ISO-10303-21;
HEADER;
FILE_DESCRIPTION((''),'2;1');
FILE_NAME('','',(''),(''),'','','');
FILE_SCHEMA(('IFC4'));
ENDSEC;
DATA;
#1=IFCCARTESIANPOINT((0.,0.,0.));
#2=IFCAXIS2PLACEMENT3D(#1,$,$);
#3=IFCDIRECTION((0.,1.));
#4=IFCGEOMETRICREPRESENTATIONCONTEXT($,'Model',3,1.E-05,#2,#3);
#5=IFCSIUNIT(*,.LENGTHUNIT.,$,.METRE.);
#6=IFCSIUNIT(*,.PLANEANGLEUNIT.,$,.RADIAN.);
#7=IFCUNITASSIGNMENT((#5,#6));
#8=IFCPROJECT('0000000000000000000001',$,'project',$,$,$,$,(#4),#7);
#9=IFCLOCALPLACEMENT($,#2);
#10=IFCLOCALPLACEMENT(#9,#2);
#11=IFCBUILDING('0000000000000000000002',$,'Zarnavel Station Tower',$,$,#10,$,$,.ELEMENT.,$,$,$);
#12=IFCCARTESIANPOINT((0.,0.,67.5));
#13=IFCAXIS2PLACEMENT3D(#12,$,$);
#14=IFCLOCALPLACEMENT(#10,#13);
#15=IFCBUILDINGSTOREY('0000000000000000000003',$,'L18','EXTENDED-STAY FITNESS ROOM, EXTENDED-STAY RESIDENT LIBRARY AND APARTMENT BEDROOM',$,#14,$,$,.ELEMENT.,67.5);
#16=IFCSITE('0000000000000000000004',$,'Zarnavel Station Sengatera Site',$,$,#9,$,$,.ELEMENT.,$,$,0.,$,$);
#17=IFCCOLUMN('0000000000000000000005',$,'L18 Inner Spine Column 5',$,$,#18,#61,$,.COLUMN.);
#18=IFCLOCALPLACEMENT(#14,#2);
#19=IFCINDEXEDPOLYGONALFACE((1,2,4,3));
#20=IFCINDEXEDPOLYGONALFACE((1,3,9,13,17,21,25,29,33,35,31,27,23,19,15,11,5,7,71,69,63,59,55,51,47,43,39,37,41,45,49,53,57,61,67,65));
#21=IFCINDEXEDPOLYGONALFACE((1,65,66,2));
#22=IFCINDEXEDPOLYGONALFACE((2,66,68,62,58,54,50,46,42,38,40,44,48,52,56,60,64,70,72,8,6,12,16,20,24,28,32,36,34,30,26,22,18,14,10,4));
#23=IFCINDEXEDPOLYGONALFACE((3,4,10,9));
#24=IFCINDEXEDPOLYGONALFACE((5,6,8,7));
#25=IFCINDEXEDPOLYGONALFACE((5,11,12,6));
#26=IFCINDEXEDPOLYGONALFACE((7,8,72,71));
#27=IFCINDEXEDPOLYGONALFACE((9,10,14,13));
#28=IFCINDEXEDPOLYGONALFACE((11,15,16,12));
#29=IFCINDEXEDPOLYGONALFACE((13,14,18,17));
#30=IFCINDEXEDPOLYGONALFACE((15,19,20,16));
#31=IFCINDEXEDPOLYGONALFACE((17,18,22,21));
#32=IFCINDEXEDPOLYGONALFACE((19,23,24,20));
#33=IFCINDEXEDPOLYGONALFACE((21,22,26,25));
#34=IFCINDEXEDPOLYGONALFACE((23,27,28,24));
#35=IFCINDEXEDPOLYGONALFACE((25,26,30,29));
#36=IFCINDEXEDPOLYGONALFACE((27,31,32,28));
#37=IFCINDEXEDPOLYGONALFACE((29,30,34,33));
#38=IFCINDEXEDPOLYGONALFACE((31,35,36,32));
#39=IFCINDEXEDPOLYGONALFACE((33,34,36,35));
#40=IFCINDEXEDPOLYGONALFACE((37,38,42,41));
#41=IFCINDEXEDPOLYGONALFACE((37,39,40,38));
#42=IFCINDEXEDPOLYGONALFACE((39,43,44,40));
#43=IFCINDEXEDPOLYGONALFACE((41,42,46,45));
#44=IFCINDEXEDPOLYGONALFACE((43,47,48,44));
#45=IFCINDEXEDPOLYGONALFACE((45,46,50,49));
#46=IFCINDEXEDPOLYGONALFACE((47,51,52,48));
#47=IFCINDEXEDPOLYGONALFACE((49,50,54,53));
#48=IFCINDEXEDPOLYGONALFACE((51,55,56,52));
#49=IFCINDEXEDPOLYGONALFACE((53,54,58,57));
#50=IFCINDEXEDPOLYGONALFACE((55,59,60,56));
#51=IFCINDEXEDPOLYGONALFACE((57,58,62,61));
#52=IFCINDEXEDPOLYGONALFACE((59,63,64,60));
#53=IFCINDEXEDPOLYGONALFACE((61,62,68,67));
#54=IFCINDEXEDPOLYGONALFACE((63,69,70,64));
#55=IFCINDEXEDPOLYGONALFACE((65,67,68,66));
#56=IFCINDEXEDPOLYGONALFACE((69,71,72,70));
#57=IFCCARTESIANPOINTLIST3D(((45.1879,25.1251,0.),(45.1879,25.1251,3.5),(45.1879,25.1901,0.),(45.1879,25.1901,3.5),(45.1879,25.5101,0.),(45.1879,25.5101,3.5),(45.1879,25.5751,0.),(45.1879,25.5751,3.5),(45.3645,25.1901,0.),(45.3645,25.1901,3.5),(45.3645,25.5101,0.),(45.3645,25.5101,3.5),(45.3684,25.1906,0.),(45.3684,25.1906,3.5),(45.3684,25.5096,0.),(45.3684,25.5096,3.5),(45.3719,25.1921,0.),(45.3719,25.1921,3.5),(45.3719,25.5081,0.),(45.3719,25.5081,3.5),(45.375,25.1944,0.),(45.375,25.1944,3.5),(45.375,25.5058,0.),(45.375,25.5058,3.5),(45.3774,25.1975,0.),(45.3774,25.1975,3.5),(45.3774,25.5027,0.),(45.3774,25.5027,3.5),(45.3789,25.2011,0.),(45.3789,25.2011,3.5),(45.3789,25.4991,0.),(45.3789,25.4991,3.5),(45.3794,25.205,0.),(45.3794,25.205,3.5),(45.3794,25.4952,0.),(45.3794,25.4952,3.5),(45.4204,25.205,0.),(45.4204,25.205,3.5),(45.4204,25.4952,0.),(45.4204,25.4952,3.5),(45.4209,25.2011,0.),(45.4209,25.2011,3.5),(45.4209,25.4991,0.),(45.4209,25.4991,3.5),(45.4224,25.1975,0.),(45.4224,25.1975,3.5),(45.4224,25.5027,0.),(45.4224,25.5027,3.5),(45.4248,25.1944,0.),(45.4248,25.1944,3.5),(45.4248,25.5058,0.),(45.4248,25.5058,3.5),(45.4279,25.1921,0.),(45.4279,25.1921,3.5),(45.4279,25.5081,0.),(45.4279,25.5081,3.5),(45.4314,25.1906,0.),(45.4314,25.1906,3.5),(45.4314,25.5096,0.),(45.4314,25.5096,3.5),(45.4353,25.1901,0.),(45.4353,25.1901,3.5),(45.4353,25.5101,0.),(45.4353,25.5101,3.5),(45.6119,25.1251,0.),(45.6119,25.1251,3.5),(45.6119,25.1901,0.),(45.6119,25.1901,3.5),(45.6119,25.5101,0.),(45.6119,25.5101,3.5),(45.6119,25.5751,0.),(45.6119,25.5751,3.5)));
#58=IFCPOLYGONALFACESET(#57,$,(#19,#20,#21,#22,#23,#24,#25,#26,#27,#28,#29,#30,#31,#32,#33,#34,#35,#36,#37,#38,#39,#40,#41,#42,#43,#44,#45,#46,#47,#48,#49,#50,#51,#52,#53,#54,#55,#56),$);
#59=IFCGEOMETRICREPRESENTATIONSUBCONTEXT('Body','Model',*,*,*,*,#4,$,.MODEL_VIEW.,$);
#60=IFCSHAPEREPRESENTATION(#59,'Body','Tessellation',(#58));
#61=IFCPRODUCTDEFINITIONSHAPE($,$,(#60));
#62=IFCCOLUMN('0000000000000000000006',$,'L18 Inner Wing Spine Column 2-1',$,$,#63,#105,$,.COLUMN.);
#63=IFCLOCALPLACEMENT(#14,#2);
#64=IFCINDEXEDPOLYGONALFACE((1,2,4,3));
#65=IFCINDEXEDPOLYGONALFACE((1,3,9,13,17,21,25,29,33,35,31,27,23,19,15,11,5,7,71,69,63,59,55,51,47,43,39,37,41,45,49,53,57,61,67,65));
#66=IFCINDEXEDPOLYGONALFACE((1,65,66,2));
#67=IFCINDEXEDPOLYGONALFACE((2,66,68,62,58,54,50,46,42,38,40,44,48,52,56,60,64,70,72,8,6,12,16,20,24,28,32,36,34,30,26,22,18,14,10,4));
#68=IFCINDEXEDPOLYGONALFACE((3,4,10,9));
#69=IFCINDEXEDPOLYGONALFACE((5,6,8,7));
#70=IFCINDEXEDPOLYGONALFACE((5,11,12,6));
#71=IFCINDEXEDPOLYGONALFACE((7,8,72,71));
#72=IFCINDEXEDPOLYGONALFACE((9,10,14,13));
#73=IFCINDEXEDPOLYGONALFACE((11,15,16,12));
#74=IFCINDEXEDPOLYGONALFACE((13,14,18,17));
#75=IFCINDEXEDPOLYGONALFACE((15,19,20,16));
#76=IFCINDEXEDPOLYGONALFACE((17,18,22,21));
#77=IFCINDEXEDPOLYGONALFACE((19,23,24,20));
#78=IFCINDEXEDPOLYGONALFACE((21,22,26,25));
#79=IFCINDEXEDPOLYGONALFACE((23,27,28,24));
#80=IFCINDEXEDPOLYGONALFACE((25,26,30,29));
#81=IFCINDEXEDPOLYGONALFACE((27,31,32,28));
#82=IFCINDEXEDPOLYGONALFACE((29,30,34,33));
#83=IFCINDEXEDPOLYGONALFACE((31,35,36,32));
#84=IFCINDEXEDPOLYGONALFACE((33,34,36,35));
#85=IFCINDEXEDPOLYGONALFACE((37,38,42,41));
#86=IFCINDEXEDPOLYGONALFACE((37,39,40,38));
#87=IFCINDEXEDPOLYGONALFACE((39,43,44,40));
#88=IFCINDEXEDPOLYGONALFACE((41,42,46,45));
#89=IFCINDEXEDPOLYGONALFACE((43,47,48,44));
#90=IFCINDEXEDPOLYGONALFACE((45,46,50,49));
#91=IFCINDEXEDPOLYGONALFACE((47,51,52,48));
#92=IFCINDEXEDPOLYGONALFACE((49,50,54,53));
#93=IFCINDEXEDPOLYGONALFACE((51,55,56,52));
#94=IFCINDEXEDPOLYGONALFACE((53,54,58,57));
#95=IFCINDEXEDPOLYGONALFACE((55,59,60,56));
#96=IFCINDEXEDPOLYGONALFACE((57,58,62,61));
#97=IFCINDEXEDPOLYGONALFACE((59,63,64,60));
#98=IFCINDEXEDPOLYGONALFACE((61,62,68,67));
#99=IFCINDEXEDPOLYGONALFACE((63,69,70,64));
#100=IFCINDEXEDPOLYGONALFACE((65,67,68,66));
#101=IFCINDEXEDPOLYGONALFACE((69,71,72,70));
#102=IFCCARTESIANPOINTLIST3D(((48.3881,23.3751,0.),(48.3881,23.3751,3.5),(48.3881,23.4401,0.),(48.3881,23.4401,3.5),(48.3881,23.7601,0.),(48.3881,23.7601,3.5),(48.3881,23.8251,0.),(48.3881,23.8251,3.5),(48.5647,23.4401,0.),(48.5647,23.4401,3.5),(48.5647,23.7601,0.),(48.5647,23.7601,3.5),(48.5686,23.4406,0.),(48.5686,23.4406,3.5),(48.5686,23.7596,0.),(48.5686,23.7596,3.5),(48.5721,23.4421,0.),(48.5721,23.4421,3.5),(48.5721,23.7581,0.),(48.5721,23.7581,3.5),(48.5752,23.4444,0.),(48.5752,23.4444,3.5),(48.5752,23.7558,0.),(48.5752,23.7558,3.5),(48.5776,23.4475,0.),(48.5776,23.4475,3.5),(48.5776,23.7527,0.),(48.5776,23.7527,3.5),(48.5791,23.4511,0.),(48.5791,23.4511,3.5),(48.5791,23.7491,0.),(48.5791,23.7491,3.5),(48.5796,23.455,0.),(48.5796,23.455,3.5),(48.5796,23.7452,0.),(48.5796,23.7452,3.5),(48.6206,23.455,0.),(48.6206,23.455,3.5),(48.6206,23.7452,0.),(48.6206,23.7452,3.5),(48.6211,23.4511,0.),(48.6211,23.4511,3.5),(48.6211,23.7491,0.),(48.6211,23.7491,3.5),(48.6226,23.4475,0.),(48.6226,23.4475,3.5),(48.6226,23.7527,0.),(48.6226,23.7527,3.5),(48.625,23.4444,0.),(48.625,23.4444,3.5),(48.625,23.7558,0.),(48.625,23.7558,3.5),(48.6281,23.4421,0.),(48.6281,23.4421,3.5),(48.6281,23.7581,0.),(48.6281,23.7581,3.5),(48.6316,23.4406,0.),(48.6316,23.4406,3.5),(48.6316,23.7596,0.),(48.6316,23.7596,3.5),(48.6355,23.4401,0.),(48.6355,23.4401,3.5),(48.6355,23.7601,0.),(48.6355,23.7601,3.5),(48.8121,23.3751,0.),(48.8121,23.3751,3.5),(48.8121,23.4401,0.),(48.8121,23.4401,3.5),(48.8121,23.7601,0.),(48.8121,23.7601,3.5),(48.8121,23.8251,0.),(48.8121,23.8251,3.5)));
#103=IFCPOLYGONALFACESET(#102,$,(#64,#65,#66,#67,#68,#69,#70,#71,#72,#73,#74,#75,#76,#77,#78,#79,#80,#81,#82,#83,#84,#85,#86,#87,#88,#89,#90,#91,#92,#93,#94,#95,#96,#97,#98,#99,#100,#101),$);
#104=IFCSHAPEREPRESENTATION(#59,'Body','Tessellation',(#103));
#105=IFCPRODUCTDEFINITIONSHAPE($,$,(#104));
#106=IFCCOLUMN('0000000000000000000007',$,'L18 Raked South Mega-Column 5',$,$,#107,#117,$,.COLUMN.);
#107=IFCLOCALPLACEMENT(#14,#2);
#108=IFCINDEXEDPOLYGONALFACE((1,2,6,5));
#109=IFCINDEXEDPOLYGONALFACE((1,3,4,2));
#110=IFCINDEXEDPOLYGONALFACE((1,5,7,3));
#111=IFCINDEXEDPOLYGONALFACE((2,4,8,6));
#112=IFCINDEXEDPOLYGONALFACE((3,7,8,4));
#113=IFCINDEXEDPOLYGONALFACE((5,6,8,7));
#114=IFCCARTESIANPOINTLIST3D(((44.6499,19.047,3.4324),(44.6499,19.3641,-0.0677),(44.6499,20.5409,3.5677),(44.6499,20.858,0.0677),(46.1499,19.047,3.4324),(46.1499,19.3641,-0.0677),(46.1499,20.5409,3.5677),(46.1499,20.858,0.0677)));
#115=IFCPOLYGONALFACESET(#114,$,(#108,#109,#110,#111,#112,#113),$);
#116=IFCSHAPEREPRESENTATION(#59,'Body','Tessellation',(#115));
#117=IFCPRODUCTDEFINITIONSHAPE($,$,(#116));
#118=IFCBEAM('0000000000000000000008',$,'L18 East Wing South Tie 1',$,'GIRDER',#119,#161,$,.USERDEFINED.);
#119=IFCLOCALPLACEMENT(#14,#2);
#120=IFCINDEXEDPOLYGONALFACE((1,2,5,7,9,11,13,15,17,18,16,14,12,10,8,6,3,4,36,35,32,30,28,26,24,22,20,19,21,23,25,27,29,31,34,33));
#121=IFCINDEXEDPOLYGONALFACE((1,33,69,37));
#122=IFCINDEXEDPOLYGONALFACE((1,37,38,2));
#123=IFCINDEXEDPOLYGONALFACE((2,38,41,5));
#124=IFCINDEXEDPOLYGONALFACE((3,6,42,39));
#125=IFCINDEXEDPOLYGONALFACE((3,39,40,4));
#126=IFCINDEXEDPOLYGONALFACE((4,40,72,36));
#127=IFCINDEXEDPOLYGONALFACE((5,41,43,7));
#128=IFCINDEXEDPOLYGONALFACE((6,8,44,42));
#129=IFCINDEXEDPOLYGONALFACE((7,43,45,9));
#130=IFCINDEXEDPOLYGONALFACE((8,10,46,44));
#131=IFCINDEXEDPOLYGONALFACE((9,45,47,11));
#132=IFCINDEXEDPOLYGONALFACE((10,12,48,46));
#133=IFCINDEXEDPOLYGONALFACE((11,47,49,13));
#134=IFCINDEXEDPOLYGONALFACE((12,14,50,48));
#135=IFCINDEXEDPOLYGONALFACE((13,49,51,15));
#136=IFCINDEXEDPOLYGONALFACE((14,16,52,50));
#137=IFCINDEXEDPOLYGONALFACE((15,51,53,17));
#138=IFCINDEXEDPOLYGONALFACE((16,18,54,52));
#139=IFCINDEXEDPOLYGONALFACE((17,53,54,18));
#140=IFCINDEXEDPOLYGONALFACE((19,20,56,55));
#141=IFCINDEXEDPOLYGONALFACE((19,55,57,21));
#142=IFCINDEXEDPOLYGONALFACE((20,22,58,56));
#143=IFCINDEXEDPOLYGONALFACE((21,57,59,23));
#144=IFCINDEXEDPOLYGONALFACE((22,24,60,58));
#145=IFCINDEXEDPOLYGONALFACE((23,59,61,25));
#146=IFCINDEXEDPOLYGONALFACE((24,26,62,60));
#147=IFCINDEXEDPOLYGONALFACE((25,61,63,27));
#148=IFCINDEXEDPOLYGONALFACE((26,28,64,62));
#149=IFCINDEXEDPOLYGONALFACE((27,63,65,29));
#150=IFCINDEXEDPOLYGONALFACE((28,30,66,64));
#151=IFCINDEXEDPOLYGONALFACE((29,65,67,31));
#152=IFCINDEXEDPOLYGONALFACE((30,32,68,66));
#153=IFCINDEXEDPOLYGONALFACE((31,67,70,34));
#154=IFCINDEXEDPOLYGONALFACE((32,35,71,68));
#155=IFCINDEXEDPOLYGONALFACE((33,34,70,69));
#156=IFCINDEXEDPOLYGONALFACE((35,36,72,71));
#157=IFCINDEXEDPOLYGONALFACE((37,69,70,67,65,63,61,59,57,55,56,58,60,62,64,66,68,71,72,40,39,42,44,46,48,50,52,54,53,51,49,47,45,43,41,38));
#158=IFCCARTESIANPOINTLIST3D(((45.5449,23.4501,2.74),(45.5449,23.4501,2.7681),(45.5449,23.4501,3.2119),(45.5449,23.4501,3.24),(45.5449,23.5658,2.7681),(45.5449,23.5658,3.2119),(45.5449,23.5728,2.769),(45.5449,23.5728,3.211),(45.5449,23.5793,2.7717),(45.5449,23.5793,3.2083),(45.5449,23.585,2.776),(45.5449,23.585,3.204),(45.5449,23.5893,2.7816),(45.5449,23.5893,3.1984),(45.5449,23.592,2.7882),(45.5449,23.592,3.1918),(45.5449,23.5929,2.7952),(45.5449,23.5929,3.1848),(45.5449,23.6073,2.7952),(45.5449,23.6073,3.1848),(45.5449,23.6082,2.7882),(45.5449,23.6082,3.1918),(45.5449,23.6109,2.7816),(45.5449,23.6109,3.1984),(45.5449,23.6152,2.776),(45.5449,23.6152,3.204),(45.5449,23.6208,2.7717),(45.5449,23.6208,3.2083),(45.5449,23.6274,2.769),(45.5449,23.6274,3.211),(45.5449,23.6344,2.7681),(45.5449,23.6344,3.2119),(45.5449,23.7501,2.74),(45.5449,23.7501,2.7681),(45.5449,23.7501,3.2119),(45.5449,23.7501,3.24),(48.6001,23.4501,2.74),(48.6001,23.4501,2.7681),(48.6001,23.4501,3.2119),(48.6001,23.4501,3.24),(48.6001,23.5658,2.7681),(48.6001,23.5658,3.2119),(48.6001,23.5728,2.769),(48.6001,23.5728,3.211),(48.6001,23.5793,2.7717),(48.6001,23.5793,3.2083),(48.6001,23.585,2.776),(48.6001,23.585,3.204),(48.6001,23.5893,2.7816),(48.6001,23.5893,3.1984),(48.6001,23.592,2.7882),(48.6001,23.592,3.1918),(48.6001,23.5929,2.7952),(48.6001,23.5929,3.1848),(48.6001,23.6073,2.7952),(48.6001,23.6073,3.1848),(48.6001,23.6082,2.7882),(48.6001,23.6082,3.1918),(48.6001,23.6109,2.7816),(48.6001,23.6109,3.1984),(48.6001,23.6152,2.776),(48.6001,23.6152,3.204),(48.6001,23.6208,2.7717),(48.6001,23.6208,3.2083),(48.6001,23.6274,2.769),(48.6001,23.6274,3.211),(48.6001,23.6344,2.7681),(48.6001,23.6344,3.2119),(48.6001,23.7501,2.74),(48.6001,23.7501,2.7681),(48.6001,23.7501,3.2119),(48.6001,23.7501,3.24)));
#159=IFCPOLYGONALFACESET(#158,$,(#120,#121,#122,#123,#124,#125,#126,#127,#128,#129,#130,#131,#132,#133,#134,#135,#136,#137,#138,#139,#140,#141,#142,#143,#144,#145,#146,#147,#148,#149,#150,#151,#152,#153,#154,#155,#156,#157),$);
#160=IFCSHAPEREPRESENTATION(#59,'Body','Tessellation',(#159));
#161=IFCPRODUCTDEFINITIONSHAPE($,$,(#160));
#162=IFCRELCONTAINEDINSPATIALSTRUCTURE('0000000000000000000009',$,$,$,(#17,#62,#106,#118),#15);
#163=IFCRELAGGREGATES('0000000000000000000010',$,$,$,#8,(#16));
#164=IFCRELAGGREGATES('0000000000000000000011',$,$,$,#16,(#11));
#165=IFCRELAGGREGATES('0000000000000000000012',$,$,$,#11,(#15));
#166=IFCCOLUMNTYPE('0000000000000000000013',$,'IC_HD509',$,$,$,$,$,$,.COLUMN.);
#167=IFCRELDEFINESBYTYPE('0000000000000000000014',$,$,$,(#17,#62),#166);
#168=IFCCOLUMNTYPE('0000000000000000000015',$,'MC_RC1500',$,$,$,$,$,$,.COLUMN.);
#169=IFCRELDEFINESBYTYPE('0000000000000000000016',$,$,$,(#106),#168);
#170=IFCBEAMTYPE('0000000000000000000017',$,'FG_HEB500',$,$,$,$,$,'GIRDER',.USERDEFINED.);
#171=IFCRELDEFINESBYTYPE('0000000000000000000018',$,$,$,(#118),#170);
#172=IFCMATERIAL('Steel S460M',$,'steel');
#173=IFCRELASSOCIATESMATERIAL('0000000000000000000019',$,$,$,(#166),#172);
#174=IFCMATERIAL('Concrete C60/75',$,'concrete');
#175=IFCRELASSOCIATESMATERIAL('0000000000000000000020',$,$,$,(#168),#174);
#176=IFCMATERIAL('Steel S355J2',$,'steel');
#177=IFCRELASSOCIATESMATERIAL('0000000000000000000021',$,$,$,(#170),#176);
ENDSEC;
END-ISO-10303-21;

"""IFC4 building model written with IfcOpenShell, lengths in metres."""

from ifc_helpers import new_model, si_unit, direction, frame, origin, origin_2d, place, context, subcontext, project, spatial, rectangle, i_section, extrude, material, material_profile, profile_set, type_object, element, save


model = new_model("IFC4")

# Units and contexts
model_context = context("Model", 3, precision=1e-05, world=origin(), true_north=direction((0.0, 1.0)))
body_context = subcontext(model_context, "Body", "Model", "MODEL_VIEW")
ifc_project = project(units=[si_unit("LENGTHUNIT", "METRE"), si_unit("PLANEANGLEUNIT", "RADIAN")], contexts=[model_context])

# Site, building, storey
site_placement = place(None, origin())
site = spatial("IfcSite", under=ifc_project, at=site_placement, Name="Zarnavel Station Sengatera Site", CompositionType="ELEMENT", RefElevation=0.0)
building_placement = place(site_placement, origin())
building = spatial("IfcBuilding", under=site, at=building_placement, Name="Zarnavel Station Tower", CompositionType="ELEMENT")
storey_placement = place(building_placement, frame((0.0, 0.0, 67.5)))
storey = spatial("IfcBuildingStorey", under=building, at=storey_placement, Name="L18", Description="EXTENDED-STAY FITNESS ROOM, EXTENDED-STAY RESIDENT LIBRARY AND APARTMENT BEDROOM", CompositionType="ELEMENT", Elevation=67.5)

# Columns
ifc_material_1 = material(Name="Steel S460M", Category="steel")
ifc_material_profile_1 = material_profile(ifc_material_1, i_section(OverallWidth=0.4241, OverallDepth=0.45, WebThickness=0.041, FlangeThickness=0.0649, FilletRadius=0.0149, at=origin_2d()), Name="HD400x509")
ifc_profile_set_1 = profile_set([ifc_material_profile_1], Name="Steel S460M")
column_type_1 = type_object("IfcColumnType", Name="IC_HD509", PredefinedType="COLUMN", material=ifc_profile_set_1)
for number, where, z_axis, x_axis, name in (
    (1, (45.3999, 25.3501, 0.0), (0.0, 0.0, 1.0), (1.0, 0.0, 0.0), "L18 Inner Spine Column 5"),
    (2, (48.6001, 23.6001, 0.0), (0.0, 0.0, 1.0), (1.0, 0.0, 0.0), "L18 Inner Wing Spine Column 2-1"),
):
    element("IfcColumn", number, at=place(storey_placement, frame(where, z_axis=z_axis, x_axis=x_axis)), inside=storey, type_object=column_type_1, Name=name, PredefinedType="COLUMN", context=body_context, shape_type="SweptSolid", body=[
        extrude(i_section(OverallWidth=0.4241, OverallDepth=0.45, WebThickness=0.041, FlangeThickness=0.0649, FilletRadius=0.0149, at=origin_2d()), origin(), (0.0, 0.0, 1.0), 3.5),
    ])
ifc_material_2 = material(Name="Concrete C60/75", Category="concrete")
ifc_material_profile_2 = material_profile(ifc_material_2, rectangle(XDim=1.5, YDim=1.5, at=origin_2d()), Name="RC1500x1500")
ifc_profile_set_2 = profile_set([ifc_material_profile_2], Name="Concrete C60/75")
column_type_2 = type_object("IfcColumnType", Name="MC_RC1500", PredefinedType="COLUMN", material=ifc_profile_set_2)
column_placement = place(storey_placement, frame((45.3999, 20.1111, 0.0), z_axis=(0.0, -0.090241, 0.99592), x_axis=(1.0, 0.0, 0.0)))
element("IfcColumn", 3, at=column_placement, inside=storey, type_object=column_type_2, Name="L18 Raked South Mega-Column 5", PredefinedType="COLUMN", context=body_context, shape_type="SweptSolid", body=[
    extrude(rectangle(XDim=1.5, YDim=1.5, at=origin_2d()), origin(), (0.0, 0.0, 1.0), 3.5144),
])

# Beam
ifc_material_3 = material(Name="Steel S355J2", Category="steel")
ifc_material_profile_3 = material_profile(ifc_material_3, i_section(OverallWidth=0.3, OverallDepth=0.5, WebThickness=0.0144, FlangeThickness=0.0281, FilletRadius=0.0271, at=origin_2d()), Name="HEB500")
ifc_profile_set_3 = profile_set([ifc_material_profile_3], Name="Steel S355J2")
beam_type_1 = type_object("IfcBeamType", Name="FG_HEB500", ElementType="GIRDER", PredefinedType="USERDEFINED", material=ifc_profile_set_3)
beam_1_placement = place(storey_placement, frame((45.5449, 23.6001, 2.99), z_axis=(1.0, 0.0, 0.0), x_axis=(0.0, 1.0, 0.0)))
element("IfcBeam", 4, at=beam_1_placement, inside=storey, type_object=beam_type_1, Name="L18 East Wing South Tie 1", ObjectType="GIRDER", PredefinedType="USERDEFINED", context=body_context, shape_type="SweptSolid", body=[
    extrude(i_section(OverallWidth=0.3, OverallDepth=0.5, WebThickness=0.0144, FlangeThickness=0.0281, FilletRadius=0.0271, at=origin_2d()), origin(), (0.0, 0.0, 1.0), 3.0552),
])

save(model, "model.ifc")
